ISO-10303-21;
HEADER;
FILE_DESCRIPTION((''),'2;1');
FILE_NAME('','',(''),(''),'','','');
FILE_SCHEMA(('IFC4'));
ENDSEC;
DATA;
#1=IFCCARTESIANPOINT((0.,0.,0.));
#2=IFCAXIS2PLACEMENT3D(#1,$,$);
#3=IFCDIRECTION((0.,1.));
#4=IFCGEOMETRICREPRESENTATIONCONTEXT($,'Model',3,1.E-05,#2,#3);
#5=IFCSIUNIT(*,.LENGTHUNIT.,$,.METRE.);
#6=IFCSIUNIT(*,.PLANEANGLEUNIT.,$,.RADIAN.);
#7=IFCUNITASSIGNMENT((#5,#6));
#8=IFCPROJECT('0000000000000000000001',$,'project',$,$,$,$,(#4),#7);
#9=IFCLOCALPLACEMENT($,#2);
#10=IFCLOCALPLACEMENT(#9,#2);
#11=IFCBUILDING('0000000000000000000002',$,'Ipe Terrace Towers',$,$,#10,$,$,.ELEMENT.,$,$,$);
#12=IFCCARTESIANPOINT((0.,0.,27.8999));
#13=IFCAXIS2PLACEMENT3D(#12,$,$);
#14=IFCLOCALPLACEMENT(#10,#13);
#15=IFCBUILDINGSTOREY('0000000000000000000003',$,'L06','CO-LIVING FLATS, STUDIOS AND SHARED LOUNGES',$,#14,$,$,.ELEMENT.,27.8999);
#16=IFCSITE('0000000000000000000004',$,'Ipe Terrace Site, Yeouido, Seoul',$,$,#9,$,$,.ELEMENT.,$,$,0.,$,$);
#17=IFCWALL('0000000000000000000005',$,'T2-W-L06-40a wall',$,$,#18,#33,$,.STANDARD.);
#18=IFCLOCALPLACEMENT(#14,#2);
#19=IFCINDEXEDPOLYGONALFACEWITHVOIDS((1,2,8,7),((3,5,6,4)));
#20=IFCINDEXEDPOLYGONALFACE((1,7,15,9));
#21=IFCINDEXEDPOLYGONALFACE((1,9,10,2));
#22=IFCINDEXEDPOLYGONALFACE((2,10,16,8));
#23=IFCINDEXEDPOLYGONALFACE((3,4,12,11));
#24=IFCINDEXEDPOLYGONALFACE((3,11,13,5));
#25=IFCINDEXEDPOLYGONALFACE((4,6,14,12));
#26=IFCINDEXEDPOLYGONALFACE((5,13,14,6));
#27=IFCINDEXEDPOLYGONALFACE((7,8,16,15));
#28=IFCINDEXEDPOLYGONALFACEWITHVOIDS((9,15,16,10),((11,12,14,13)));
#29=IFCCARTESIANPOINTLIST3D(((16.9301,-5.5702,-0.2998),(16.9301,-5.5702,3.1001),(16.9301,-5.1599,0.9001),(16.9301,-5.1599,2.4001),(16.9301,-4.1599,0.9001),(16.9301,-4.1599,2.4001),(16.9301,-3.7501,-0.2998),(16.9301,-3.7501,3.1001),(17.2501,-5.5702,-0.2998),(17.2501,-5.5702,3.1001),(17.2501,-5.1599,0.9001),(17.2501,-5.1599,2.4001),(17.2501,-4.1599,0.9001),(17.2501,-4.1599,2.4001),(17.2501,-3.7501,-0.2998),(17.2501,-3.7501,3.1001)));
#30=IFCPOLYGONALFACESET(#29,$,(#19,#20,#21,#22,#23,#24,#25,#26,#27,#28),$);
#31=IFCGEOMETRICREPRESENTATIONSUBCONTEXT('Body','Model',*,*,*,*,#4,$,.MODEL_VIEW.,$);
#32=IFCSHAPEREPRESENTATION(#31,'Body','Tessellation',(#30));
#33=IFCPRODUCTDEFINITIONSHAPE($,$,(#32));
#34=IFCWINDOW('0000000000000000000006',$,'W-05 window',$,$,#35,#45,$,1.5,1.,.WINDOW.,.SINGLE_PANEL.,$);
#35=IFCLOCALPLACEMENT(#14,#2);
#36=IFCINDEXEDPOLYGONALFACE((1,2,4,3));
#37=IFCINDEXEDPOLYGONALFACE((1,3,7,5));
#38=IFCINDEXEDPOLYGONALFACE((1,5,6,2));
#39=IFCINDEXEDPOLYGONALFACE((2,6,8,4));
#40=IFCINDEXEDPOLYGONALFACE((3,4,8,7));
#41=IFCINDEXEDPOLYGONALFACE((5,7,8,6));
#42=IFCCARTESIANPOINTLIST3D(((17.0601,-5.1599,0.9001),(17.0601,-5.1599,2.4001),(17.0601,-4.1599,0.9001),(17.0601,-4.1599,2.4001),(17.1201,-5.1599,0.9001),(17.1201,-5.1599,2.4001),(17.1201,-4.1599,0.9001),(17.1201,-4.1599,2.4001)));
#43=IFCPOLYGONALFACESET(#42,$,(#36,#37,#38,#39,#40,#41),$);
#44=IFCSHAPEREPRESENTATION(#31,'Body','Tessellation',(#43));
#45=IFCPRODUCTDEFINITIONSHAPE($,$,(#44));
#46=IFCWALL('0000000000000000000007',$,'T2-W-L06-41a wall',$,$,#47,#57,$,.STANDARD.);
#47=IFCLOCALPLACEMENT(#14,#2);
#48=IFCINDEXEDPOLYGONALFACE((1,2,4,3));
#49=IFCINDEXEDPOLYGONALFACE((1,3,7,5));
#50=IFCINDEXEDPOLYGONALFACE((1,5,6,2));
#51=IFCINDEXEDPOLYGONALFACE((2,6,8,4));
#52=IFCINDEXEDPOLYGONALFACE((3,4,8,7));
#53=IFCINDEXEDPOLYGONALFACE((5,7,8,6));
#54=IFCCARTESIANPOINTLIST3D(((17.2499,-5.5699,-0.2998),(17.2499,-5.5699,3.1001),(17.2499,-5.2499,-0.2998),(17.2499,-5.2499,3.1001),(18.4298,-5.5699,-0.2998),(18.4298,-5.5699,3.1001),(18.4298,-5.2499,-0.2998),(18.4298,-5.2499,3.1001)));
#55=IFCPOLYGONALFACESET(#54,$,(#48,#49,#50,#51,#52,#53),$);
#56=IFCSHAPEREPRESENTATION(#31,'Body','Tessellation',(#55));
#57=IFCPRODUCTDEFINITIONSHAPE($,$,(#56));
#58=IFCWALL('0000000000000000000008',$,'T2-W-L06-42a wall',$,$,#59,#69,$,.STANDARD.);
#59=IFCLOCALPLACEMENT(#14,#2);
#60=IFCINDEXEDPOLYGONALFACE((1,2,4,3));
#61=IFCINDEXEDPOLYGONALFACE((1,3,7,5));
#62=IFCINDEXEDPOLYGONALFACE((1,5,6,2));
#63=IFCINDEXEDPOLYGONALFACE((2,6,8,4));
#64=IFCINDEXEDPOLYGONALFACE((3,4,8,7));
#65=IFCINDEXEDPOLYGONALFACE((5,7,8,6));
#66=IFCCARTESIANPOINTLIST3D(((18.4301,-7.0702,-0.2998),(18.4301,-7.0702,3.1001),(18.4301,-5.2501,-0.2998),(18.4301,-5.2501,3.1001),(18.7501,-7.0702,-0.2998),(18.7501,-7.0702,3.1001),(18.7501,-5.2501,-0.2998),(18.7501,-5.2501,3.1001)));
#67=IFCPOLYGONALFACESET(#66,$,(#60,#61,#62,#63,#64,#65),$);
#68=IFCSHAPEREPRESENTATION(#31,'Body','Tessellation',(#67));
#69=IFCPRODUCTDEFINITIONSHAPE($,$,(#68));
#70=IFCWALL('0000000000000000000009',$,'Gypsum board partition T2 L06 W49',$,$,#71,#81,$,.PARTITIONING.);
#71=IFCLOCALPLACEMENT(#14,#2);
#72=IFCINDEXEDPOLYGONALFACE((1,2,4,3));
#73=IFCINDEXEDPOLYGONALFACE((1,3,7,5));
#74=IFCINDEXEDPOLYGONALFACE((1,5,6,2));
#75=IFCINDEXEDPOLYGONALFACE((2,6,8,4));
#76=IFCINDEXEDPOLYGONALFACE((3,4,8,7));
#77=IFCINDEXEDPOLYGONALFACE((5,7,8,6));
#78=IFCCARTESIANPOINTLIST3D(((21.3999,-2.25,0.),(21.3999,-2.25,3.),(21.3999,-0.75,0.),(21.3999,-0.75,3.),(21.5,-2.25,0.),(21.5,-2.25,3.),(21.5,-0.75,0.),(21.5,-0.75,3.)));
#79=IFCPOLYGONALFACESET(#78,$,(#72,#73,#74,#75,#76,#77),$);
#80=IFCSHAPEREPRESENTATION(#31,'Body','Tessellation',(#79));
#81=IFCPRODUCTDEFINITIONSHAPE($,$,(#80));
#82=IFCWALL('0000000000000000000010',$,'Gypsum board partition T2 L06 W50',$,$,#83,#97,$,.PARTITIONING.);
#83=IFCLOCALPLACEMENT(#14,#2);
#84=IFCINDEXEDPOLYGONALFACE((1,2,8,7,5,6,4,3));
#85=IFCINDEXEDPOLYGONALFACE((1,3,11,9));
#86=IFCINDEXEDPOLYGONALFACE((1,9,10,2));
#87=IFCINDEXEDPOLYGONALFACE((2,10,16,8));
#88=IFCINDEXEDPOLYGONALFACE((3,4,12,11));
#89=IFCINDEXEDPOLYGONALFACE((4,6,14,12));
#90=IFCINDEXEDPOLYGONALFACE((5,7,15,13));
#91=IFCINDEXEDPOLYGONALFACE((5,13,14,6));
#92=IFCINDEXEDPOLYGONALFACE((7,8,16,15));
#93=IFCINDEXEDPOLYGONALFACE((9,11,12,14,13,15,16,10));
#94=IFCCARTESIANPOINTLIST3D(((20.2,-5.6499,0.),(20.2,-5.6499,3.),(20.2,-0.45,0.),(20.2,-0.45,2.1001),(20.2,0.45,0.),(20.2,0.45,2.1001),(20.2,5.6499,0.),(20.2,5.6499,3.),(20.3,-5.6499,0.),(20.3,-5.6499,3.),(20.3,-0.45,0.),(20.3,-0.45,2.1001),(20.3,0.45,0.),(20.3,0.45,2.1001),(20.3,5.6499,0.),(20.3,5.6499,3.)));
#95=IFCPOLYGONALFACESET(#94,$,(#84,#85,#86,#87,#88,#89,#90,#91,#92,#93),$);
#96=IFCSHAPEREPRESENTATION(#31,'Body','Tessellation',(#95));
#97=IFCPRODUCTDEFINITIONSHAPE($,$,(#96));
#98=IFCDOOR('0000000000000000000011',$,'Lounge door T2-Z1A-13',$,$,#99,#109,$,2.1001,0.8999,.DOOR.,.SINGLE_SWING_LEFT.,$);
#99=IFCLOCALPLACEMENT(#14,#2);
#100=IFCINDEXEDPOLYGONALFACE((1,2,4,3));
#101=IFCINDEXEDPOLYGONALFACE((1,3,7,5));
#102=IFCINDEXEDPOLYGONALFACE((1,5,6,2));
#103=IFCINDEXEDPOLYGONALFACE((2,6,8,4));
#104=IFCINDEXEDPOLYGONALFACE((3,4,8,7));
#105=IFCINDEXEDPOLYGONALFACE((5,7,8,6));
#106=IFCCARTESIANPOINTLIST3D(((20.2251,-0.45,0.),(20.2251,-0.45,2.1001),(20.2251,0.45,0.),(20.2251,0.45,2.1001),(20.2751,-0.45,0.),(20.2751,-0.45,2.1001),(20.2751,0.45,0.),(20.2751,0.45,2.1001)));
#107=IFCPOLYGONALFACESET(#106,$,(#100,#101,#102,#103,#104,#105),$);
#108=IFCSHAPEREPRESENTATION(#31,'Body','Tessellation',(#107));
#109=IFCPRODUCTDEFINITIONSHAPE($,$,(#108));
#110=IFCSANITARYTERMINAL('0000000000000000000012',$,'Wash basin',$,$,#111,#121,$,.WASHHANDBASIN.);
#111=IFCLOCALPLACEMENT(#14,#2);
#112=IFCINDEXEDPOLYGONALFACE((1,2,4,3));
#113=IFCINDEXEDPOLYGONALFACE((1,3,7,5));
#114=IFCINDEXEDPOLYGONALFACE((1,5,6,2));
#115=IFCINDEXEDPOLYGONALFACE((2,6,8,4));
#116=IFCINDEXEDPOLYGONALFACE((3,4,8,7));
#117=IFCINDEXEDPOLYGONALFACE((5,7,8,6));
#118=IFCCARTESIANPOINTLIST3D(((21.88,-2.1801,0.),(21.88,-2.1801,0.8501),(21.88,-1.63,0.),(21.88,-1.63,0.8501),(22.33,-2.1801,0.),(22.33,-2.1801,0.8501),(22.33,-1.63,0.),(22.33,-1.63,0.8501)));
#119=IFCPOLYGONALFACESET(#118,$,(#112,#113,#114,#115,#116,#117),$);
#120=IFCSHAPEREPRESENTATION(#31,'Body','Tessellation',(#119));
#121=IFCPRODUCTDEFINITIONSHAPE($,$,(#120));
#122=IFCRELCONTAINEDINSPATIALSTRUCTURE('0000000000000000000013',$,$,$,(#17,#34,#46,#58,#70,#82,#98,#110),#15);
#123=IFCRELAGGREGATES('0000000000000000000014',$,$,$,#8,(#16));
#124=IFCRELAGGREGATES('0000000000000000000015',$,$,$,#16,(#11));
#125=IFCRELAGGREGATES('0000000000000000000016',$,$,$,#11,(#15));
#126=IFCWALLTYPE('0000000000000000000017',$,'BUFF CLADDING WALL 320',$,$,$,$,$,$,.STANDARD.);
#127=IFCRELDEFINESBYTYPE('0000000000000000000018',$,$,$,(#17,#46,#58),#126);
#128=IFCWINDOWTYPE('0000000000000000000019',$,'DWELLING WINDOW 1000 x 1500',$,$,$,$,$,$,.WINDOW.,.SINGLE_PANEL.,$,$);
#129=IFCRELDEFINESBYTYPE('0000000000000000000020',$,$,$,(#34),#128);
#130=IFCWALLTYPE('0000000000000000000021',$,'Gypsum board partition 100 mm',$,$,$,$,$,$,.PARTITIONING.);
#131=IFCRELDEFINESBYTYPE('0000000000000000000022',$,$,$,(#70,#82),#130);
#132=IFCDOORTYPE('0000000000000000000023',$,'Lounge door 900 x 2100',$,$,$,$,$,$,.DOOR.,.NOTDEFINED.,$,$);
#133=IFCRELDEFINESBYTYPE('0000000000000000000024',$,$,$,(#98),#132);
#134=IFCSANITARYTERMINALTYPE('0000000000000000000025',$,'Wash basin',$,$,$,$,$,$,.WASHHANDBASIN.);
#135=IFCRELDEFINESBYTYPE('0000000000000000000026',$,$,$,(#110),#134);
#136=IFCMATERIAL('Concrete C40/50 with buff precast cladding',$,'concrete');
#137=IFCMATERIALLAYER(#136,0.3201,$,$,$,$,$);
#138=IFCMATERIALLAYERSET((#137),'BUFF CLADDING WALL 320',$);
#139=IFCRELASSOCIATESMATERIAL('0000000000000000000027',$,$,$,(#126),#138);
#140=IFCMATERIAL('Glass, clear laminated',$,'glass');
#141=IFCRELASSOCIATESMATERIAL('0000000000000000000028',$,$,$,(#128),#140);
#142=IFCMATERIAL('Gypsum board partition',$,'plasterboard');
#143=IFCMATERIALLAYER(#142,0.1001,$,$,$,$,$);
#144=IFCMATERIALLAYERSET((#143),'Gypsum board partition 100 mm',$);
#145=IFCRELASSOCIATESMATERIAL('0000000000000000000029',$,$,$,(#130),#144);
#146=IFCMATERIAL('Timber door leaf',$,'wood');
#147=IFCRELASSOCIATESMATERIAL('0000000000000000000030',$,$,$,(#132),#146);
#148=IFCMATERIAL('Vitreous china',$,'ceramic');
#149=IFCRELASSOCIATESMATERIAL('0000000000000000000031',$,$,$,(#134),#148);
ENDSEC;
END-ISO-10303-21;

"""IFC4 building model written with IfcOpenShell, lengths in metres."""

from ifc_helpers import new_model, si_unit, direction, frame, frame_2d, origin, origin_2d, place, context, subcontext, project, spatial, rectangle, extrude, material, layer, layer_set, type_object, element, fill, save


model = new_model("IFC4")

# Units and contexts
model_context = context("Model", 3, precision=1e-05, world=origin(), true_north=direction((0.0, 1.0)))
body_context = subcontext(model_context, "Body", "Model", "MODEL_VIEW")
ifc_project = project(units=[si_unit("LENGTHUNIT", "METRE"), si_unit("PLANEANGLEUNIT", "RADIAN")], contexts=[model_context])

# Site, building, storey
site_placement = place(None, origin())
site = spatial("IfcSite", under=ifc_project, at=site_placement, Name="Ipe Terrace Site, Yeouido, Seoul", CompositionType="ELEMENT", RefElevation=0.0)
building_placement = place(site_placement, origin())
building = spatial("IfcBuilding", under=site, at=building_placement, Name="Ipe Terrace Towers", CompositionType="ELEMENT")
storey_placement = place(building_placement, frame((0.0, 0.0, 27.8999)))
storey = spatial("IfcBuildingStorey", under=building, at=storey_placement, Name="L06", Description="CO-LIVING FLATS, STUDIOS AND SHARED LOUNGES", CompositionType="ELEMENT", Elevation=27.8999)

# Shared definitions
ifc_material_1 = material(Name="Concrete C40/50 with buff precast cladding", Category="concrete")
ifc_layer_1 = layer(ifc_material_1, 0.3201)
ifc_layer_set_1 = layer_set([ifc_layer_1], Name="BUFF CLADDING WALL 320")
wall_type_1 = type_object("IfcWallType", Name="BUFF CLADDING WALL 320", PredefinedType="STANDARD", material=ifc_layer_set_1)

# Wall, opening, window
wall_1_placement = place(storey_placement, frame((17.0901, -3.75, -0.2998), z_axis=(0.0, 0.0, 1.0), x_axis=(0.0, -1.0, 0.0)))
wall_1 = element("IfcWall", 1, at=wall_1_placement, inside=storey, type_object=wall_type_1, Name="T2-W-L06-40a wall", PredefinedType="STANDARD", context=body_context, shape_type="SweptSolid", body=[
    extrude(rectangle(XDim=1.8201, YDim=0.3201, at=frame_2d((0.9102, 0.0))), origin(), (0.0, 0.0, 1.0), 3.3999),
])
opening_1_placement = place(wall_1_placement, frame((0.4099, 0.0, 1.2)))
opening_1 = element("IfcOpeningElement", 2, at=opening_1_placement, cuts=wall_1, PredefinedType="OPENING", context=body_context, shape_type="SweptSolid", body=[
    extrude(rectangle(XDim=1.0, YDim=1.5, at=frame_2d((0.5, 0.75))), frame((0.0, 0.1699, 0.0), z_axis=(0.0, -1.0, 0.0), x_axis=(1.0, 0.0, 0.0)), (0.0, 0.0, 1.0), 0.3401),
])
ifc_material_2 = material(Name="Glass, clear laminated", Category="glass")
window_type = type_object("IfcWindowType", Name="DWELLING WINDOW 1000 x 1500", PartitioningType="SINGLE_PANEL", PredefinedType="WINDOW", material=ifc_material_2)
window_placement = place(opening_1_placement, origin())
window = element("IfcWindow", 3, at=window_placement, inside=storey, type_object=window_type, Name="W-05 window", OverallHeight=1.5, OverallWidth=1.0, PartitioningType="SINGLE_PANEL", PredefinedType="WINDOW", context=body_context, shape_type="SweptSolid", body=[
    extrude(rectangle(XDim=1.0, YDim=1.5, at=frame_2d((0.5, 0.75))), frame((0.0, 0.03, 0.0), z_axis=(0.0, -1.0, 0.0), x_axis=(1.0, 0.0, 0.0)), (0.0, 0.0, 1.0), 0.0601),
])
fill(opening_1, window)

# Walls
wall_2_placement = place(storey_placement, frame((17.25, -5.4099, -0.2998), z_axis=(0.0, 0.0, 1.0), x_axis=(1.0, 0.0, 0.0)))
element("IfcWall", 4, at=wall_2_placement, inside=storey, type_object=wall_type_1, Name="T2-W-L06-41a wall", PredefinedType="STANDARD", context=body_context, shape_type="SweptSolid", body=[
    extrude(rectangle(XDim=1.1799, YDim=0.3201, at=frame_2d((0.5898, 0.0))), origin(), (0.0, 0.0, 1.0), 3.3999),
])
wall_3_placement = place(storey_placement, frame((18.5901, -5.25, -0.2998), z_axis=(0.0, 0.0, 1.0), x_axis=(0.0, -1.0, 0.0)))
element("IfcWall", 5, at=wall_3_placement, inside=storey, type_object=wall_type_1, Name="T2-W-L06-42a wall", PredefinedType="STANDARD", context=body_context, shape_type="SweptSolid", body=[
    extrude(rectangle(XDim=1.8201, YDim=0.3201, at=frame_2d((0.9102, 0.0))), origin(), (0.0, 0.0, 1.0), 3.3999),
])
ifc_material_3 = material(Name="Gypsum board partition", Category="plasterboard")
ifc_layer_2 = layer(ifc_material_3, 0.1001)
ifc_layer_set_2 = layer_set([ifc_layer_2], Name="Gypsum board partition 100 mm")
wall_type_2 = type_object("IfcWallType", Name="Gypsum board partition 100 mm", PredefinedType="PARTITIONING", material=ifc_layer_set_2)
wall_4_placement = place(storey_placement, frame((21.45, -2.25, 0.0), z_axis=(0.0, 0.0, 1.0), x_axis=(0.0, 1.0, 0.0)))
element("IfcWall", 6, at=wall_4_placement, inside=storey, type_object=wall_type_2, Name="Gypsum board partition T2 L06 W49", PredefinedType="PARTITIONING", context=body_context, shape_type="SweptSolid", body=[
    extrude(rectangle(XDim=1.5, YDim=0.1001, at=frame_2d((0.75, 0.0))), origin(), (0.0, 0.0, 1.0), 3.0),
])

# Wall, opening, door
wall_5_placement = place(storey_placement, frame((20.25, -5.6499, 0.0), z_axis=(0.0, 0.0, 1.0), x_axis=(0.0, 1.0, 0.0)))
wall_5 = element("IfcWall", 7, at=wall_5_placement, inside=storey, type_object=wall_type_2, Name="Gypsum board partition T2 L06 W50", PredefinedType="PARTITIONING", context=body_context, shape_type="SweptSolid", body=[
    extrude(rectangle(XDim=11.2998, YDim=0.1001, at=frame_2d((5.6499, 0.0))), origin(), (0.0, 0.0, 1.0), 3.0),
])
opening_2_placement = place(wall_5_placement, frame((5.2, 0.0, 0.0)))
opening_2 = element("IfcOpeningElement", 8, at=opening_2_placement, cuts=wall_5, PredefinedType="OPENING", context=body_context, shape_type="SweptSolid", body=[
    extrude(rectangle(XDim=0.8999, YDim=2.1001, at=frame_2d((0.45, 1.05))), frame((0.0, 0.0601, 0.0), z_axis=(0.0, -1.0, 0.0), x_axis=(1.0, 0.0, 0.0)), (0.0, 0.0, 1.0), 0.1201),
])
ifc_material_4 = material(Name="Timber door leaf", Category="wood")
door_type = type_object("IfcDoorType", Name="Lounge door 900 x 2100", OperationType="NOTDEFINED", PredefinedType="DOOR", material=ifc_material_4)
door_placement = place(opening_2_placement, origin())
door = element("IfcDoor", 9, at=door_placement, inside=storey, type_object=door_type, Name="Lounge door T2-Z1A-13", OperationType="SINGLE_SWING_LEFT", OverallHeight=2.1001, OverallWidth=0.8999, PredefinedType="DOOR", context=body_context, shape_type="SweptSolid", body=[
    extrude(rectangle(XDim=0.8999, YDim=2.1001, at=frame_2d((0.45, 1.05))), frame((0.0, 0.0249, 0.0), z_axis=(0.0, -1.0, 0.0), x_axis=(1.0, 0.0, 0.0)), (0.0, 0.0, 1.0), 0.05),
])
fill(opening_2, door)

# Sanitary terminal
ifc_material_5 = material(Name="Vitreous china", Category="ceramic")
sanitary_terminal_type = type_object("IfcSanitaryTerminalType", Name="Wash basin", PredefinedType="WASHHANDBASIN", material=ifc_material_5)
sanitary_terminal_placement = place(storey_placement, frame((22.105, -1.905, 0.0), z_axis=(0.0, 0.0, 1.0), x_axis=(0.0, 1.0, 0.0)))
element("IfcSanitaryTerminal", 10, at=sanitary_terminal_placement, inside=storey, type_object=sanitary_terminal_type, Name="Wash basin", PredefinedType="WASHHANDBASIN", context=body_context, shape_type="SweptSolid", body=[
    extrude(rectangle(XDim=0.55, YDim=0.45, at=origin_2d()), origin(), (0.0, 0.0, 1.0), 0.8501),
])

save(model, "model.ifc")
